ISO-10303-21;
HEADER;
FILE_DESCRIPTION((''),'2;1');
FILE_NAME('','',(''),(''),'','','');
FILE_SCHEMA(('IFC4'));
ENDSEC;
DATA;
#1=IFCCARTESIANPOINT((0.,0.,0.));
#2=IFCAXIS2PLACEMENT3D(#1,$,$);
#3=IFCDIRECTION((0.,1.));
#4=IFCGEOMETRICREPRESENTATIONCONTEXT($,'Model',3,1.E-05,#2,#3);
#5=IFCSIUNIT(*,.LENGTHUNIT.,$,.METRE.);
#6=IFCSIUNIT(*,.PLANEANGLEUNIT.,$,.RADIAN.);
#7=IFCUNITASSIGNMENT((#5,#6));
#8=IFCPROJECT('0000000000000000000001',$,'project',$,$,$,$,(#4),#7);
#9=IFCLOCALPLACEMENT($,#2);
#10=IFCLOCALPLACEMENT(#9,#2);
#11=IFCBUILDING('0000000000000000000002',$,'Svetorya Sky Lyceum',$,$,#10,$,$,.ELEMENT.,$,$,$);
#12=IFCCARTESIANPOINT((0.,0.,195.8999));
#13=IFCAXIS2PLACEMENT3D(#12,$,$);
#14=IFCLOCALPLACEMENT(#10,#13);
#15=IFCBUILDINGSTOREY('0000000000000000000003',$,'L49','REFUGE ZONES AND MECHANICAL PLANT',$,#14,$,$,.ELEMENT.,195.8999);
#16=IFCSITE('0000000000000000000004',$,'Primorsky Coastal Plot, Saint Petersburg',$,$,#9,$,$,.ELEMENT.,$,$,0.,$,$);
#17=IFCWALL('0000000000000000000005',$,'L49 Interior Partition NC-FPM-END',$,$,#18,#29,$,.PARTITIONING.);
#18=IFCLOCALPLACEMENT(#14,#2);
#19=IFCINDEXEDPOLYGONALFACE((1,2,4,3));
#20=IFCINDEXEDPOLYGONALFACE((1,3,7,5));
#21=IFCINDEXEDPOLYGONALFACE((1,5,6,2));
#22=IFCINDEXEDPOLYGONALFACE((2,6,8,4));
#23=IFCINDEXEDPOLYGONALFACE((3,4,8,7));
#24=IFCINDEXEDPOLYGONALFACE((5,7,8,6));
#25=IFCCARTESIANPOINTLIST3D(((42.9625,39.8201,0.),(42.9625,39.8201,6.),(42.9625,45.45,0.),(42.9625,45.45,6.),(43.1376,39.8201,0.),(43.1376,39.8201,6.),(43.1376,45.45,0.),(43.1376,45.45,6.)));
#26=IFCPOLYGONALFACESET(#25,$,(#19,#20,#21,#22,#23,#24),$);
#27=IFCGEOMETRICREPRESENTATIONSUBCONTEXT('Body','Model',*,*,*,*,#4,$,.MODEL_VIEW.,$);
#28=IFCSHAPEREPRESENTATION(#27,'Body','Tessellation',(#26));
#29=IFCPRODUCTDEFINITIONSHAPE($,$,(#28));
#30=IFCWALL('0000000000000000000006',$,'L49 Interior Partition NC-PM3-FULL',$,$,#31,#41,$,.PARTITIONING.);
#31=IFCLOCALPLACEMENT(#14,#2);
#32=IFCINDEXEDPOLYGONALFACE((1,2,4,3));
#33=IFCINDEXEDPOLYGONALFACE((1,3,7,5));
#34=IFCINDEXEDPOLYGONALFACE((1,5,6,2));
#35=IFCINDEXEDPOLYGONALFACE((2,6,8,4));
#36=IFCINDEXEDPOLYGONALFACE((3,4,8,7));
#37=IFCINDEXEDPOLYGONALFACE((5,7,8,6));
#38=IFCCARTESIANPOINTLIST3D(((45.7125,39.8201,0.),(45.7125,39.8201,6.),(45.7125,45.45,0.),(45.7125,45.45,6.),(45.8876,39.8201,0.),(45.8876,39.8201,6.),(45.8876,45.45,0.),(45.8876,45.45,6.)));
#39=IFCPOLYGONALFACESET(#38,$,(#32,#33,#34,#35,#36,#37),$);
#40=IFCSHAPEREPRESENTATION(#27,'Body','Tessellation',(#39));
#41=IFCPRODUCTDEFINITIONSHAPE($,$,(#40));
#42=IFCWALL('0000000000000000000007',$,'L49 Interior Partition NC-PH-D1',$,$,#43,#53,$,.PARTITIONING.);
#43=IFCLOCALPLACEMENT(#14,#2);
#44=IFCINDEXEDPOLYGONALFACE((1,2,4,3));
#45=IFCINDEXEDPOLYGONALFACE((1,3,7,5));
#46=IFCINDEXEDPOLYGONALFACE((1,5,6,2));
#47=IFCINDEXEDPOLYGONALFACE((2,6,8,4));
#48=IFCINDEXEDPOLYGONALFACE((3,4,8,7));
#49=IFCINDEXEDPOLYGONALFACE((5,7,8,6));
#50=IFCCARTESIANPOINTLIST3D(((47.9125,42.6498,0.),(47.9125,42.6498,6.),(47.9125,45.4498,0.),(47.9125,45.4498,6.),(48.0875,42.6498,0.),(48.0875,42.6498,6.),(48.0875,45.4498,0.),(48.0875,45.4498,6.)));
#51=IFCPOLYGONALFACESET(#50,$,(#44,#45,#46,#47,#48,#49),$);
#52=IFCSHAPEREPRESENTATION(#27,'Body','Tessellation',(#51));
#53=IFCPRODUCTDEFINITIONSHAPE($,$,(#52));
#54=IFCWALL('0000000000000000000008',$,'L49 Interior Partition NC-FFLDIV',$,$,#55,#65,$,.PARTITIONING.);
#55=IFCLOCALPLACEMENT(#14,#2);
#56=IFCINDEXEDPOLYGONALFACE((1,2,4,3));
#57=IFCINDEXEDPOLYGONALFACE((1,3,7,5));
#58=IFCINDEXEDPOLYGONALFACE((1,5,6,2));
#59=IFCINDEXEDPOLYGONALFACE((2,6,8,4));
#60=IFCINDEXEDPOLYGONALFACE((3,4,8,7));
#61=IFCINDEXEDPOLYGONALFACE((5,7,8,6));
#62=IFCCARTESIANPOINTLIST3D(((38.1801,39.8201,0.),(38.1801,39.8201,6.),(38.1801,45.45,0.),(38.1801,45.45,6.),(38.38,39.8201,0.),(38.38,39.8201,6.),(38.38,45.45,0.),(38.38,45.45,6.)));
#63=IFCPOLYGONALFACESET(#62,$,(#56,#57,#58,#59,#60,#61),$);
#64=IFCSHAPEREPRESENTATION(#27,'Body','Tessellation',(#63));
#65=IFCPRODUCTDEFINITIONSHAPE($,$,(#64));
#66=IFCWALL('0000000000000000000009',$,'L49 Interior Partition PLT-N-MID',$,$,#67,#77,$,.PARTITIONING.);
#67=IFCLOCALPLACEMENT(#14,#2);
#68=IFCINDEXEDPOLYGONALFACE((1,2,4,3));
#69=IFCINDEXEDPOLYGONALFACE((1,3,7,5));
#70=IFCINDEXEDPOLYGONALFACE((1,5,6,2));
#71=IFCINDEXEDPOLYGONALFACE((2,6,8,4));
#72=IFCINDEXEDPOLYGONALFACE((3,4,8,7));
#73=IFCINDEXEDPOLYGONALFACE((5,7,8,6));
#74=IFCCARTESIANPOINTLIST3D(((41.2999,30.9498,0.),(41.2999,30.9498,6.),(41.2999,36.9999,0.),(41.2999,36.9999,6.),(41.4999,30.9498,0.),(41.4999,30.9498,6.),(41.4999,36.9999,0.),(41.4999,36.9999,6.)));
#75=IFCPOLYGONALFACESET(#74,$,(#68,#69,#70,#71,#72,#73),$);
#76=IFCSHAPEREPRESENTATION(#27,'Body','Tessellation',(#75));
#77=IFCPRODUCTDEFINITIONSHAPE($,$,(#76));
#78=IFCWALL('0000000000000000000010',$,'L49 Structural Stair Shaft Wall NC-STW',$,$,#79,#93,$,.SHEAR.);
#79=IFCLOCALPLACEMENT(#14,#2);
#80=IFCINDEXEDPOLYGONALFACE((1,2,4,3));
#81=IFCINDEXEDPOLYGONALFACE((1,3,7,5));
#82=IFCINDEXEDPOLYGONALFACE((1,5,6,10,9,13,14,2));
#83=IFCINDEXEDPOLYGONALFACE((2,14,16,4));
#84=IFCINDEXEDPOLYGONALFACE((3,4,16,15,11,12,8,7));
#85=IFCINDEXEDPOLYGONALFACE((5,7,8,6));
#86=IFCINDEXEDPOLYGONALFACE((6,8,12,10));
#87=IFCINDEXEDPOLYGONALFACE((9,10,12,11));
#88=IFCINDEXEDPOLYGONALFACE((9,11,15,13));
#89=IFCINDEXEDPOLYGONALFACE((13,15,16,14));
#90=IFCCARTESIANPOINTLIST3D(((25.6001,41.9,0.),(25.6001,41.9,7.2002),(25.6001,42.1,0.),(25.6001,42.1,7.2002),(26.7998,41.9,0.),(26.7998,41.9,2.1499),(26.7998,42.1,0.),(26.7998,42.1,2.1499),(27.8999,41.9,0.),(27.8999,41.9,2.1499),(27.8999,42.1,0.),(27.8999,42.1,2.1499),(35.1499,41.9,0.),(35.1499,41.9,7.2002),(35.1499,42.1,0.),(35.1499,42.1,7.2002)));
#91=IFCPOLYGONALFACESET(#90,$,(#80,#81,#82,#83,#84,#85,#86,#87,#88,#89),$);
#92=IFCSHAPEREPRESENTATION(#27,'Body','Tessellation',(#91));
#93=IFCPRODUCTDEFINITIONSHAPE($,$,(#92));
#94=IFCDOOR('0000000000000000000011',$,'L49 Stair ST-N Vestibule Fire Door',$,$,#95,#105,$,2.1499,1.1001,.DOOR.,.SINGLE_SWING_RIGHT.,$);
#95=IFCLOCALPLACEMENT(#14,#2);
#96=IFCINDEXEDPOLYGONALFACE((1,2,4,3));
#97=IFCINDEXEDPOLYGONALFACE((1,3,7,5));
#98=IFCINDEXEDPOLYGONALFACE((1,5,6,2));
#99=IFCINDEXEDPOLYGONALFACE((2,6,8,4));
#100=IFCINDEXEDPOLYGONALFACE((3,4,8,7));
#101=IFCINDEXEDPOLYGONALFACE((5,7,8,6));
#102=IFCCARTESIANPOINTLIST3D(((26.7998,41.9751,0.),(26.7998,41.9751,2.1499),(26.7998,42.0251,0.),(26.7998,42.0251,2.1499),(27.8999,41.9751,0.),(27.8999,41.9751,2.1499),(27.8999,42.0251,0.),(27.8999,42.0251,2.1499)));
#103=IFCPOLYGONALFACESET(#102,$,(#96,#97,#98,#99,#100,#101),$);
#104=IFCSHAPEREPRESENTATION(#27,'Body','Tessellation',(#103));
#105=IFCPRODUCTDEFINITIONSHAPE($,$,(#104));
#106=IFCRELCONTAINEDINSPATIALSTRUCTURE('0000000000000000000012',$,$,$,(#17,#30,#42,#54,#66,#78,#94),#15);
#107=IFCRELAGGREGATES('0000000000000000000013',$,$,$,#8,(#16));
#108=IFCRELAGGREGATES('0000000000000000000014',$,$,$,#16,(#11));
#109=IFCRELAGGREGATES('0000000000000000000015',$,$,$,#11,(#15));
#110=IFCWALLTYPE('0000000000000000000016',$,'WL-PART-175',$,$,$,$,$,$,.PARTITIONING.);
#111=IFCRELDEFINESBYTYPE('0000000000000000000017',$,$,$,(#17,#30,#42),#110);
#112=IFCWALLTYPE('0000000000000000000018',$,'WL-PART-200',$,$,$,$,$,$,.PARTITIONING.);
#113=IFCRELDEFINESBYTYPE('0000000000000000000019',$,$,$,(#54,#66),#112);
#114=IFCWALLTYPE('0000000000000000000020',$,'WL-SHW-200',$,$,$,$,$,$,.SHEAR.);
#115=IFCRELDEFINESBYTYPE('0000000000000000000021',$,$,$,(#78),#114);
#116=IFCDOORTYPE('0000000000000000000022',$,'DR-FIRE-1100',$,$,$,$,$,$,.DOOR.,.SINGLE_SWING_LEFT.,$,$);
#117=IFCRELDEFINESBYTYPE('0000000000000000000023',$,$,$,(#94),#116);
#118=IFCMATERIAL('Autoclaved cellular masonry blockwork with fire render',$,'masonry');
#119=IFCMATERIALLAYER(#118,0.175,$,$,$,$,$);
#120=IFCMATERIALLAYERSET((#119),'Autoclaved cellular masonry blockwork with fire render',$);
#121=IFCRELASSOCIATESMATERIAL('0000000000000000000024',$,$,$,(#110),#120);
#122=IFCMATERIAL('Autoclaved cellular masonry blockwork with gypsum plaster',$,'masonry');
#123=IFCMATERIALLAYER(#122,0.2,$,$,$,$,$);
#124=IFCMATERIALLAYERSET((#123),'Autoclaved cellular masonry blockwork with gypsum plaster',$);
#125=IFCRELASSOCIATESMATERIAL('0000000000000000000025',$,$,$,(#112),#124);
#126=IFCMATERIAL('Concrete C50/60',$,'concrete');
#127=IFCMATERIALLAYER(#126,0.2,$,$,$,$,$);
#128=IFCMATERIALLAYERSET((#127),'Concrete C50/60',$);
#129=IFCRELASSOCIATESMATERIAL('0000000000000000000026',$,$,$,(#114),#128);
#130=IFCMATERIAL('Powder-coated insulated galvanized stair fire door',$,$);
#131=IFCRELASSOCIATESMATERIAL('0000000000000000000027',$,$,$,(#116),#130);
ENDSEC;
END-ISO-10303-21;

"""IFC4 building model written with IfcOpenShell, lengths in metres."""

from ifc_helpers import new_model, si_unit, direction, frame, frame_2d, origin, place, context, subcontext, project, spatial, rectangle, extrude, material, layer, layer_set, type_object, element, fill, save


model = new_model("IFC4")

# Units and contexts
model_context = context("Model", 3, precision=1e-05, world=origin(), true_north=direction((0.0, 1.0)))
body_context = subcontext(model_context, "Body", "Model", "MODEL_VIEW")
ifc_project = project(units=[si_unit("LENGTHUNIT", "METRE"), si_unit("PLANEANGLEUNIT", "RADIAN")], contexts=[model_context])

# Site, building, storey
site_placement = place(None, origin())
site = spatial("IfcSite", under=ifc_project, at=site_placement, Name="Primorsky Coastal Plot, Saint Petersburg", CompositionType="ELEMENT", RefElevation=0.0)
building_placement = place(site_placement, origin())
building = spatial("IfcBuilding", under=site, at=building_placement, Name="Svetorya Sky Lyceum", CompositionType="ELEMENT")
storey_placement = place(building_placement, frame((0.0, 0.0, 195.8999)))
storey = spatial("IfcBuildingStorey", under=building, at=storey_placement, Name="L49", Description="REFUGE ZONES AND MECHANICAL PLANT", CompositionType="ELEMENT", Elevation=195.8999)

# Shared definitions
ifc_material_1 = material(Name="Concrete C50/60", Category="concrete")

# Walls
ifc_material_2 = material(Name="Autoclaved cellular masonry blockwork with fire render", Category="masonry")
ifc_layer_1 = layer(ifc_material_2, 0.175)
ifc_layer_set_1 = layer_set([ifc_layer_1], Name="Autoclaved cellular masonry blockwork with fire render")
wall_type_1 = type_object("IfcWallType", Name="WL-PART-175", PredefinedType="PARTITIONING", material=ifc_layer_set_1)
for number, where, z_axis, x_axis, name in (
    (1, (43.05, 39.8201, 0.0), (0.0, 0.0, 1.0), (0.0, 1.0, 0.0), "L49 Interior Partition NC-FPM-END"),
    (2, (45.8, 39.8201, 0.0), (0.0, 0.0, 1.0), (0.0, 1.0, 0.0), "L49 Interior Partition NC-PM3-FULL"),
):
    element("IfcWall", number, at=place(storey_placement, frame(where, z_axis=z_axis, x_axis=x_axis)), inside=storey, type_object=wall_type_1, Name=name, PredefinedType="PARTITIONING", context=body_context, shape_type="SweptSolid", body=[
        extrude(rectangle(XDim=5.6299, YDim=0.175, at=frame_2d((2.8149, 0.0))), origin(), (0.0, 0.0, 1.0), 6.0),
    ])
wall_1_placement = place(storey_placement, frame((48.0, 42.6499, 0.0), z_axis=(0.0, 0.0, 1.0), x_axis=(0.0, 1.0, 0.0)))
element("IfcWall", 3, at=wall_1_placement, inside=storey, type_object=wall_type_1, Name="L49 Interior Partition NC-PH-D1", PredefinedType="PARTITIONING", context=body_context, shape_type="SweptSolid", body=[
    extrude(rectangle(XDim=2.8, YDim=0.175, at=frame_2d((1.3999, 0.0))), origin(), (0.0, 0.0, 1.0), 6.0),
])

# Shared definitions
ifc_material_3 = material(Name="Autoclaved cellular masonry blockwork with gypsum plaster", Category="masonry")
ifc_layer_2 = layer(ifc_material_3, 0.2)
ifc_layer_set_2 = layer_set([ifc_layer_2], Name="Autoclaved cellular masonry blockwork with gypsum plaster")
wall_type_2 = type_object("IfcWallType", Name="WL-PART-200", PredefinedType="PARTITIONING", material=ifc_layer_set_2)

# Walls
wall_2_placement = place(storey_placement, frame((38.28, 39.8201, 0.0), z_axis=(0.0, 0.0, 1.0), x_axis=(0.0, 1.0, 0.0)))
element("IfcWall", 4, at=wall_2_placement, inside=storey, type_object=wall_type_2, Name="L49 Interior Partition NC-FFLDIV", PredefinedType="PARTITIONING", context=body_context, shape_type="SweptSolid", body=[
    extrude(rectangle(XDim=5.6299, YDim=0.2, at=frame_2d((2.8149, 0.0))), origin(), (0.0, 0.0, 1.0), 6.0),
])
wall_3_placement = place(storey_placement, frame((41.3999, 30.95, 0.0), z_axis=(0.0, 0.0, 1.0), x_axis=(0.0, 1.0, 0.0)))
element("IfcWall", 5, at=wall_3_placement, inside=storey, type_object=wall_type_2, Name="L49 Interior Partition PLT-N-MID", PredefinedType="PARTITIONING", context=body_context, shape_type="SweptSolid", body=[
    extrude(rectangle(XDim=6.05, YDim=0.2, at=frame_2d((3.0249, 0.0))), origin(), (0.0, 0.0, 1.0), 6.0),
])

# Wall, opening, door
ifc_layer_3 = layer(ifc_material_1, 0.2)
ifc_layer_set_3 = layer_set([ifc_layer_3], Name="Concrete C50/60")
wall_type_3 = type_object("IfcWallType", Name="WL-SHW-200", PredefinedType="SHEAR", material=ifc_layer_set_3)
wall_4_placement = place(storey_placement, frame((35.1499, 42.0, 0.0), z_axis=(0.0, 0.0, 1.0), x_axis=(-1.0, 0.0, 0.0)))
wall_4 = element("IfcWall", 6, at=wall_4_placement, inside=storey, type_object=wall_type_3, Name="L49 Structural Stair Shaft Wall NC-STW", PredefinedType="SHEAR", context=body_context, shape_type="SweptSolid", body=[
    extrude(rectangle(XDim=9.5498, YDim=0.2, at=frame_2d((4.7749, 0.0))), origin(), (0.0, 0.0, 1.0), 7.2002),
])
opening_1_placement = place(wall_4_placement, frame((7.25, 0.0, 0.0)))
opening_1 = element("IfcOpeningElement", 7, at=opening_1_placement, cuts=wall_4, PredefinedType="OPENING", context=body_context, shape_type="SweptSolid", body=[
    extrude(rectangle(XDim=1.1001, YDim=2.1499, at=frame_2d((0.55, 1.075))), frame((0.0, 0.1099, 0.0), z_axis=(0.0, -1.0, 0.0), x_axis=(1.0, 0.0, 0.0)), (0.0, 0.0, 1.0), 0.22),
])
ifc_material_4 = material(Name="Powder-coated insulated galvanized stair fire door")
door_type_1 = type_object("IfcDoorType", Name="DR-FIRE-1100", OperationType="SINGLE_SWING_LEFT", PredefinedType="DOOR", material=ifc_material_4)
door_1_placement = place(opening_1_placement, origin())
door_1 = element("IfcDoor", 8, at=door_1_placement, inside=storey, type_object=door_type_1, Name="L49 Stair ST-N Vestibule Fire Door", OperationType="SINGLE_SWING_RIGHT", OverallHeight=2.1499, OverallWidth=1.1001, PredefinedType="DOOR", context=body_context, shape_type="SweptSolid", body=[
    extrude(rectangle(XDim=1.1001, YDim=2.1499, at=frame_2d((0.55, 1.075))), frame((0.0, 0.0249, 0.0), z_axis=(0.0, -1.0, 0.0), x_axis=(1.0, 0.0, 0.0)), (0.0, 0.0, 1.0), 0.05),
])
fill(opening_1, door_1)

save(model, "model.ifc")
